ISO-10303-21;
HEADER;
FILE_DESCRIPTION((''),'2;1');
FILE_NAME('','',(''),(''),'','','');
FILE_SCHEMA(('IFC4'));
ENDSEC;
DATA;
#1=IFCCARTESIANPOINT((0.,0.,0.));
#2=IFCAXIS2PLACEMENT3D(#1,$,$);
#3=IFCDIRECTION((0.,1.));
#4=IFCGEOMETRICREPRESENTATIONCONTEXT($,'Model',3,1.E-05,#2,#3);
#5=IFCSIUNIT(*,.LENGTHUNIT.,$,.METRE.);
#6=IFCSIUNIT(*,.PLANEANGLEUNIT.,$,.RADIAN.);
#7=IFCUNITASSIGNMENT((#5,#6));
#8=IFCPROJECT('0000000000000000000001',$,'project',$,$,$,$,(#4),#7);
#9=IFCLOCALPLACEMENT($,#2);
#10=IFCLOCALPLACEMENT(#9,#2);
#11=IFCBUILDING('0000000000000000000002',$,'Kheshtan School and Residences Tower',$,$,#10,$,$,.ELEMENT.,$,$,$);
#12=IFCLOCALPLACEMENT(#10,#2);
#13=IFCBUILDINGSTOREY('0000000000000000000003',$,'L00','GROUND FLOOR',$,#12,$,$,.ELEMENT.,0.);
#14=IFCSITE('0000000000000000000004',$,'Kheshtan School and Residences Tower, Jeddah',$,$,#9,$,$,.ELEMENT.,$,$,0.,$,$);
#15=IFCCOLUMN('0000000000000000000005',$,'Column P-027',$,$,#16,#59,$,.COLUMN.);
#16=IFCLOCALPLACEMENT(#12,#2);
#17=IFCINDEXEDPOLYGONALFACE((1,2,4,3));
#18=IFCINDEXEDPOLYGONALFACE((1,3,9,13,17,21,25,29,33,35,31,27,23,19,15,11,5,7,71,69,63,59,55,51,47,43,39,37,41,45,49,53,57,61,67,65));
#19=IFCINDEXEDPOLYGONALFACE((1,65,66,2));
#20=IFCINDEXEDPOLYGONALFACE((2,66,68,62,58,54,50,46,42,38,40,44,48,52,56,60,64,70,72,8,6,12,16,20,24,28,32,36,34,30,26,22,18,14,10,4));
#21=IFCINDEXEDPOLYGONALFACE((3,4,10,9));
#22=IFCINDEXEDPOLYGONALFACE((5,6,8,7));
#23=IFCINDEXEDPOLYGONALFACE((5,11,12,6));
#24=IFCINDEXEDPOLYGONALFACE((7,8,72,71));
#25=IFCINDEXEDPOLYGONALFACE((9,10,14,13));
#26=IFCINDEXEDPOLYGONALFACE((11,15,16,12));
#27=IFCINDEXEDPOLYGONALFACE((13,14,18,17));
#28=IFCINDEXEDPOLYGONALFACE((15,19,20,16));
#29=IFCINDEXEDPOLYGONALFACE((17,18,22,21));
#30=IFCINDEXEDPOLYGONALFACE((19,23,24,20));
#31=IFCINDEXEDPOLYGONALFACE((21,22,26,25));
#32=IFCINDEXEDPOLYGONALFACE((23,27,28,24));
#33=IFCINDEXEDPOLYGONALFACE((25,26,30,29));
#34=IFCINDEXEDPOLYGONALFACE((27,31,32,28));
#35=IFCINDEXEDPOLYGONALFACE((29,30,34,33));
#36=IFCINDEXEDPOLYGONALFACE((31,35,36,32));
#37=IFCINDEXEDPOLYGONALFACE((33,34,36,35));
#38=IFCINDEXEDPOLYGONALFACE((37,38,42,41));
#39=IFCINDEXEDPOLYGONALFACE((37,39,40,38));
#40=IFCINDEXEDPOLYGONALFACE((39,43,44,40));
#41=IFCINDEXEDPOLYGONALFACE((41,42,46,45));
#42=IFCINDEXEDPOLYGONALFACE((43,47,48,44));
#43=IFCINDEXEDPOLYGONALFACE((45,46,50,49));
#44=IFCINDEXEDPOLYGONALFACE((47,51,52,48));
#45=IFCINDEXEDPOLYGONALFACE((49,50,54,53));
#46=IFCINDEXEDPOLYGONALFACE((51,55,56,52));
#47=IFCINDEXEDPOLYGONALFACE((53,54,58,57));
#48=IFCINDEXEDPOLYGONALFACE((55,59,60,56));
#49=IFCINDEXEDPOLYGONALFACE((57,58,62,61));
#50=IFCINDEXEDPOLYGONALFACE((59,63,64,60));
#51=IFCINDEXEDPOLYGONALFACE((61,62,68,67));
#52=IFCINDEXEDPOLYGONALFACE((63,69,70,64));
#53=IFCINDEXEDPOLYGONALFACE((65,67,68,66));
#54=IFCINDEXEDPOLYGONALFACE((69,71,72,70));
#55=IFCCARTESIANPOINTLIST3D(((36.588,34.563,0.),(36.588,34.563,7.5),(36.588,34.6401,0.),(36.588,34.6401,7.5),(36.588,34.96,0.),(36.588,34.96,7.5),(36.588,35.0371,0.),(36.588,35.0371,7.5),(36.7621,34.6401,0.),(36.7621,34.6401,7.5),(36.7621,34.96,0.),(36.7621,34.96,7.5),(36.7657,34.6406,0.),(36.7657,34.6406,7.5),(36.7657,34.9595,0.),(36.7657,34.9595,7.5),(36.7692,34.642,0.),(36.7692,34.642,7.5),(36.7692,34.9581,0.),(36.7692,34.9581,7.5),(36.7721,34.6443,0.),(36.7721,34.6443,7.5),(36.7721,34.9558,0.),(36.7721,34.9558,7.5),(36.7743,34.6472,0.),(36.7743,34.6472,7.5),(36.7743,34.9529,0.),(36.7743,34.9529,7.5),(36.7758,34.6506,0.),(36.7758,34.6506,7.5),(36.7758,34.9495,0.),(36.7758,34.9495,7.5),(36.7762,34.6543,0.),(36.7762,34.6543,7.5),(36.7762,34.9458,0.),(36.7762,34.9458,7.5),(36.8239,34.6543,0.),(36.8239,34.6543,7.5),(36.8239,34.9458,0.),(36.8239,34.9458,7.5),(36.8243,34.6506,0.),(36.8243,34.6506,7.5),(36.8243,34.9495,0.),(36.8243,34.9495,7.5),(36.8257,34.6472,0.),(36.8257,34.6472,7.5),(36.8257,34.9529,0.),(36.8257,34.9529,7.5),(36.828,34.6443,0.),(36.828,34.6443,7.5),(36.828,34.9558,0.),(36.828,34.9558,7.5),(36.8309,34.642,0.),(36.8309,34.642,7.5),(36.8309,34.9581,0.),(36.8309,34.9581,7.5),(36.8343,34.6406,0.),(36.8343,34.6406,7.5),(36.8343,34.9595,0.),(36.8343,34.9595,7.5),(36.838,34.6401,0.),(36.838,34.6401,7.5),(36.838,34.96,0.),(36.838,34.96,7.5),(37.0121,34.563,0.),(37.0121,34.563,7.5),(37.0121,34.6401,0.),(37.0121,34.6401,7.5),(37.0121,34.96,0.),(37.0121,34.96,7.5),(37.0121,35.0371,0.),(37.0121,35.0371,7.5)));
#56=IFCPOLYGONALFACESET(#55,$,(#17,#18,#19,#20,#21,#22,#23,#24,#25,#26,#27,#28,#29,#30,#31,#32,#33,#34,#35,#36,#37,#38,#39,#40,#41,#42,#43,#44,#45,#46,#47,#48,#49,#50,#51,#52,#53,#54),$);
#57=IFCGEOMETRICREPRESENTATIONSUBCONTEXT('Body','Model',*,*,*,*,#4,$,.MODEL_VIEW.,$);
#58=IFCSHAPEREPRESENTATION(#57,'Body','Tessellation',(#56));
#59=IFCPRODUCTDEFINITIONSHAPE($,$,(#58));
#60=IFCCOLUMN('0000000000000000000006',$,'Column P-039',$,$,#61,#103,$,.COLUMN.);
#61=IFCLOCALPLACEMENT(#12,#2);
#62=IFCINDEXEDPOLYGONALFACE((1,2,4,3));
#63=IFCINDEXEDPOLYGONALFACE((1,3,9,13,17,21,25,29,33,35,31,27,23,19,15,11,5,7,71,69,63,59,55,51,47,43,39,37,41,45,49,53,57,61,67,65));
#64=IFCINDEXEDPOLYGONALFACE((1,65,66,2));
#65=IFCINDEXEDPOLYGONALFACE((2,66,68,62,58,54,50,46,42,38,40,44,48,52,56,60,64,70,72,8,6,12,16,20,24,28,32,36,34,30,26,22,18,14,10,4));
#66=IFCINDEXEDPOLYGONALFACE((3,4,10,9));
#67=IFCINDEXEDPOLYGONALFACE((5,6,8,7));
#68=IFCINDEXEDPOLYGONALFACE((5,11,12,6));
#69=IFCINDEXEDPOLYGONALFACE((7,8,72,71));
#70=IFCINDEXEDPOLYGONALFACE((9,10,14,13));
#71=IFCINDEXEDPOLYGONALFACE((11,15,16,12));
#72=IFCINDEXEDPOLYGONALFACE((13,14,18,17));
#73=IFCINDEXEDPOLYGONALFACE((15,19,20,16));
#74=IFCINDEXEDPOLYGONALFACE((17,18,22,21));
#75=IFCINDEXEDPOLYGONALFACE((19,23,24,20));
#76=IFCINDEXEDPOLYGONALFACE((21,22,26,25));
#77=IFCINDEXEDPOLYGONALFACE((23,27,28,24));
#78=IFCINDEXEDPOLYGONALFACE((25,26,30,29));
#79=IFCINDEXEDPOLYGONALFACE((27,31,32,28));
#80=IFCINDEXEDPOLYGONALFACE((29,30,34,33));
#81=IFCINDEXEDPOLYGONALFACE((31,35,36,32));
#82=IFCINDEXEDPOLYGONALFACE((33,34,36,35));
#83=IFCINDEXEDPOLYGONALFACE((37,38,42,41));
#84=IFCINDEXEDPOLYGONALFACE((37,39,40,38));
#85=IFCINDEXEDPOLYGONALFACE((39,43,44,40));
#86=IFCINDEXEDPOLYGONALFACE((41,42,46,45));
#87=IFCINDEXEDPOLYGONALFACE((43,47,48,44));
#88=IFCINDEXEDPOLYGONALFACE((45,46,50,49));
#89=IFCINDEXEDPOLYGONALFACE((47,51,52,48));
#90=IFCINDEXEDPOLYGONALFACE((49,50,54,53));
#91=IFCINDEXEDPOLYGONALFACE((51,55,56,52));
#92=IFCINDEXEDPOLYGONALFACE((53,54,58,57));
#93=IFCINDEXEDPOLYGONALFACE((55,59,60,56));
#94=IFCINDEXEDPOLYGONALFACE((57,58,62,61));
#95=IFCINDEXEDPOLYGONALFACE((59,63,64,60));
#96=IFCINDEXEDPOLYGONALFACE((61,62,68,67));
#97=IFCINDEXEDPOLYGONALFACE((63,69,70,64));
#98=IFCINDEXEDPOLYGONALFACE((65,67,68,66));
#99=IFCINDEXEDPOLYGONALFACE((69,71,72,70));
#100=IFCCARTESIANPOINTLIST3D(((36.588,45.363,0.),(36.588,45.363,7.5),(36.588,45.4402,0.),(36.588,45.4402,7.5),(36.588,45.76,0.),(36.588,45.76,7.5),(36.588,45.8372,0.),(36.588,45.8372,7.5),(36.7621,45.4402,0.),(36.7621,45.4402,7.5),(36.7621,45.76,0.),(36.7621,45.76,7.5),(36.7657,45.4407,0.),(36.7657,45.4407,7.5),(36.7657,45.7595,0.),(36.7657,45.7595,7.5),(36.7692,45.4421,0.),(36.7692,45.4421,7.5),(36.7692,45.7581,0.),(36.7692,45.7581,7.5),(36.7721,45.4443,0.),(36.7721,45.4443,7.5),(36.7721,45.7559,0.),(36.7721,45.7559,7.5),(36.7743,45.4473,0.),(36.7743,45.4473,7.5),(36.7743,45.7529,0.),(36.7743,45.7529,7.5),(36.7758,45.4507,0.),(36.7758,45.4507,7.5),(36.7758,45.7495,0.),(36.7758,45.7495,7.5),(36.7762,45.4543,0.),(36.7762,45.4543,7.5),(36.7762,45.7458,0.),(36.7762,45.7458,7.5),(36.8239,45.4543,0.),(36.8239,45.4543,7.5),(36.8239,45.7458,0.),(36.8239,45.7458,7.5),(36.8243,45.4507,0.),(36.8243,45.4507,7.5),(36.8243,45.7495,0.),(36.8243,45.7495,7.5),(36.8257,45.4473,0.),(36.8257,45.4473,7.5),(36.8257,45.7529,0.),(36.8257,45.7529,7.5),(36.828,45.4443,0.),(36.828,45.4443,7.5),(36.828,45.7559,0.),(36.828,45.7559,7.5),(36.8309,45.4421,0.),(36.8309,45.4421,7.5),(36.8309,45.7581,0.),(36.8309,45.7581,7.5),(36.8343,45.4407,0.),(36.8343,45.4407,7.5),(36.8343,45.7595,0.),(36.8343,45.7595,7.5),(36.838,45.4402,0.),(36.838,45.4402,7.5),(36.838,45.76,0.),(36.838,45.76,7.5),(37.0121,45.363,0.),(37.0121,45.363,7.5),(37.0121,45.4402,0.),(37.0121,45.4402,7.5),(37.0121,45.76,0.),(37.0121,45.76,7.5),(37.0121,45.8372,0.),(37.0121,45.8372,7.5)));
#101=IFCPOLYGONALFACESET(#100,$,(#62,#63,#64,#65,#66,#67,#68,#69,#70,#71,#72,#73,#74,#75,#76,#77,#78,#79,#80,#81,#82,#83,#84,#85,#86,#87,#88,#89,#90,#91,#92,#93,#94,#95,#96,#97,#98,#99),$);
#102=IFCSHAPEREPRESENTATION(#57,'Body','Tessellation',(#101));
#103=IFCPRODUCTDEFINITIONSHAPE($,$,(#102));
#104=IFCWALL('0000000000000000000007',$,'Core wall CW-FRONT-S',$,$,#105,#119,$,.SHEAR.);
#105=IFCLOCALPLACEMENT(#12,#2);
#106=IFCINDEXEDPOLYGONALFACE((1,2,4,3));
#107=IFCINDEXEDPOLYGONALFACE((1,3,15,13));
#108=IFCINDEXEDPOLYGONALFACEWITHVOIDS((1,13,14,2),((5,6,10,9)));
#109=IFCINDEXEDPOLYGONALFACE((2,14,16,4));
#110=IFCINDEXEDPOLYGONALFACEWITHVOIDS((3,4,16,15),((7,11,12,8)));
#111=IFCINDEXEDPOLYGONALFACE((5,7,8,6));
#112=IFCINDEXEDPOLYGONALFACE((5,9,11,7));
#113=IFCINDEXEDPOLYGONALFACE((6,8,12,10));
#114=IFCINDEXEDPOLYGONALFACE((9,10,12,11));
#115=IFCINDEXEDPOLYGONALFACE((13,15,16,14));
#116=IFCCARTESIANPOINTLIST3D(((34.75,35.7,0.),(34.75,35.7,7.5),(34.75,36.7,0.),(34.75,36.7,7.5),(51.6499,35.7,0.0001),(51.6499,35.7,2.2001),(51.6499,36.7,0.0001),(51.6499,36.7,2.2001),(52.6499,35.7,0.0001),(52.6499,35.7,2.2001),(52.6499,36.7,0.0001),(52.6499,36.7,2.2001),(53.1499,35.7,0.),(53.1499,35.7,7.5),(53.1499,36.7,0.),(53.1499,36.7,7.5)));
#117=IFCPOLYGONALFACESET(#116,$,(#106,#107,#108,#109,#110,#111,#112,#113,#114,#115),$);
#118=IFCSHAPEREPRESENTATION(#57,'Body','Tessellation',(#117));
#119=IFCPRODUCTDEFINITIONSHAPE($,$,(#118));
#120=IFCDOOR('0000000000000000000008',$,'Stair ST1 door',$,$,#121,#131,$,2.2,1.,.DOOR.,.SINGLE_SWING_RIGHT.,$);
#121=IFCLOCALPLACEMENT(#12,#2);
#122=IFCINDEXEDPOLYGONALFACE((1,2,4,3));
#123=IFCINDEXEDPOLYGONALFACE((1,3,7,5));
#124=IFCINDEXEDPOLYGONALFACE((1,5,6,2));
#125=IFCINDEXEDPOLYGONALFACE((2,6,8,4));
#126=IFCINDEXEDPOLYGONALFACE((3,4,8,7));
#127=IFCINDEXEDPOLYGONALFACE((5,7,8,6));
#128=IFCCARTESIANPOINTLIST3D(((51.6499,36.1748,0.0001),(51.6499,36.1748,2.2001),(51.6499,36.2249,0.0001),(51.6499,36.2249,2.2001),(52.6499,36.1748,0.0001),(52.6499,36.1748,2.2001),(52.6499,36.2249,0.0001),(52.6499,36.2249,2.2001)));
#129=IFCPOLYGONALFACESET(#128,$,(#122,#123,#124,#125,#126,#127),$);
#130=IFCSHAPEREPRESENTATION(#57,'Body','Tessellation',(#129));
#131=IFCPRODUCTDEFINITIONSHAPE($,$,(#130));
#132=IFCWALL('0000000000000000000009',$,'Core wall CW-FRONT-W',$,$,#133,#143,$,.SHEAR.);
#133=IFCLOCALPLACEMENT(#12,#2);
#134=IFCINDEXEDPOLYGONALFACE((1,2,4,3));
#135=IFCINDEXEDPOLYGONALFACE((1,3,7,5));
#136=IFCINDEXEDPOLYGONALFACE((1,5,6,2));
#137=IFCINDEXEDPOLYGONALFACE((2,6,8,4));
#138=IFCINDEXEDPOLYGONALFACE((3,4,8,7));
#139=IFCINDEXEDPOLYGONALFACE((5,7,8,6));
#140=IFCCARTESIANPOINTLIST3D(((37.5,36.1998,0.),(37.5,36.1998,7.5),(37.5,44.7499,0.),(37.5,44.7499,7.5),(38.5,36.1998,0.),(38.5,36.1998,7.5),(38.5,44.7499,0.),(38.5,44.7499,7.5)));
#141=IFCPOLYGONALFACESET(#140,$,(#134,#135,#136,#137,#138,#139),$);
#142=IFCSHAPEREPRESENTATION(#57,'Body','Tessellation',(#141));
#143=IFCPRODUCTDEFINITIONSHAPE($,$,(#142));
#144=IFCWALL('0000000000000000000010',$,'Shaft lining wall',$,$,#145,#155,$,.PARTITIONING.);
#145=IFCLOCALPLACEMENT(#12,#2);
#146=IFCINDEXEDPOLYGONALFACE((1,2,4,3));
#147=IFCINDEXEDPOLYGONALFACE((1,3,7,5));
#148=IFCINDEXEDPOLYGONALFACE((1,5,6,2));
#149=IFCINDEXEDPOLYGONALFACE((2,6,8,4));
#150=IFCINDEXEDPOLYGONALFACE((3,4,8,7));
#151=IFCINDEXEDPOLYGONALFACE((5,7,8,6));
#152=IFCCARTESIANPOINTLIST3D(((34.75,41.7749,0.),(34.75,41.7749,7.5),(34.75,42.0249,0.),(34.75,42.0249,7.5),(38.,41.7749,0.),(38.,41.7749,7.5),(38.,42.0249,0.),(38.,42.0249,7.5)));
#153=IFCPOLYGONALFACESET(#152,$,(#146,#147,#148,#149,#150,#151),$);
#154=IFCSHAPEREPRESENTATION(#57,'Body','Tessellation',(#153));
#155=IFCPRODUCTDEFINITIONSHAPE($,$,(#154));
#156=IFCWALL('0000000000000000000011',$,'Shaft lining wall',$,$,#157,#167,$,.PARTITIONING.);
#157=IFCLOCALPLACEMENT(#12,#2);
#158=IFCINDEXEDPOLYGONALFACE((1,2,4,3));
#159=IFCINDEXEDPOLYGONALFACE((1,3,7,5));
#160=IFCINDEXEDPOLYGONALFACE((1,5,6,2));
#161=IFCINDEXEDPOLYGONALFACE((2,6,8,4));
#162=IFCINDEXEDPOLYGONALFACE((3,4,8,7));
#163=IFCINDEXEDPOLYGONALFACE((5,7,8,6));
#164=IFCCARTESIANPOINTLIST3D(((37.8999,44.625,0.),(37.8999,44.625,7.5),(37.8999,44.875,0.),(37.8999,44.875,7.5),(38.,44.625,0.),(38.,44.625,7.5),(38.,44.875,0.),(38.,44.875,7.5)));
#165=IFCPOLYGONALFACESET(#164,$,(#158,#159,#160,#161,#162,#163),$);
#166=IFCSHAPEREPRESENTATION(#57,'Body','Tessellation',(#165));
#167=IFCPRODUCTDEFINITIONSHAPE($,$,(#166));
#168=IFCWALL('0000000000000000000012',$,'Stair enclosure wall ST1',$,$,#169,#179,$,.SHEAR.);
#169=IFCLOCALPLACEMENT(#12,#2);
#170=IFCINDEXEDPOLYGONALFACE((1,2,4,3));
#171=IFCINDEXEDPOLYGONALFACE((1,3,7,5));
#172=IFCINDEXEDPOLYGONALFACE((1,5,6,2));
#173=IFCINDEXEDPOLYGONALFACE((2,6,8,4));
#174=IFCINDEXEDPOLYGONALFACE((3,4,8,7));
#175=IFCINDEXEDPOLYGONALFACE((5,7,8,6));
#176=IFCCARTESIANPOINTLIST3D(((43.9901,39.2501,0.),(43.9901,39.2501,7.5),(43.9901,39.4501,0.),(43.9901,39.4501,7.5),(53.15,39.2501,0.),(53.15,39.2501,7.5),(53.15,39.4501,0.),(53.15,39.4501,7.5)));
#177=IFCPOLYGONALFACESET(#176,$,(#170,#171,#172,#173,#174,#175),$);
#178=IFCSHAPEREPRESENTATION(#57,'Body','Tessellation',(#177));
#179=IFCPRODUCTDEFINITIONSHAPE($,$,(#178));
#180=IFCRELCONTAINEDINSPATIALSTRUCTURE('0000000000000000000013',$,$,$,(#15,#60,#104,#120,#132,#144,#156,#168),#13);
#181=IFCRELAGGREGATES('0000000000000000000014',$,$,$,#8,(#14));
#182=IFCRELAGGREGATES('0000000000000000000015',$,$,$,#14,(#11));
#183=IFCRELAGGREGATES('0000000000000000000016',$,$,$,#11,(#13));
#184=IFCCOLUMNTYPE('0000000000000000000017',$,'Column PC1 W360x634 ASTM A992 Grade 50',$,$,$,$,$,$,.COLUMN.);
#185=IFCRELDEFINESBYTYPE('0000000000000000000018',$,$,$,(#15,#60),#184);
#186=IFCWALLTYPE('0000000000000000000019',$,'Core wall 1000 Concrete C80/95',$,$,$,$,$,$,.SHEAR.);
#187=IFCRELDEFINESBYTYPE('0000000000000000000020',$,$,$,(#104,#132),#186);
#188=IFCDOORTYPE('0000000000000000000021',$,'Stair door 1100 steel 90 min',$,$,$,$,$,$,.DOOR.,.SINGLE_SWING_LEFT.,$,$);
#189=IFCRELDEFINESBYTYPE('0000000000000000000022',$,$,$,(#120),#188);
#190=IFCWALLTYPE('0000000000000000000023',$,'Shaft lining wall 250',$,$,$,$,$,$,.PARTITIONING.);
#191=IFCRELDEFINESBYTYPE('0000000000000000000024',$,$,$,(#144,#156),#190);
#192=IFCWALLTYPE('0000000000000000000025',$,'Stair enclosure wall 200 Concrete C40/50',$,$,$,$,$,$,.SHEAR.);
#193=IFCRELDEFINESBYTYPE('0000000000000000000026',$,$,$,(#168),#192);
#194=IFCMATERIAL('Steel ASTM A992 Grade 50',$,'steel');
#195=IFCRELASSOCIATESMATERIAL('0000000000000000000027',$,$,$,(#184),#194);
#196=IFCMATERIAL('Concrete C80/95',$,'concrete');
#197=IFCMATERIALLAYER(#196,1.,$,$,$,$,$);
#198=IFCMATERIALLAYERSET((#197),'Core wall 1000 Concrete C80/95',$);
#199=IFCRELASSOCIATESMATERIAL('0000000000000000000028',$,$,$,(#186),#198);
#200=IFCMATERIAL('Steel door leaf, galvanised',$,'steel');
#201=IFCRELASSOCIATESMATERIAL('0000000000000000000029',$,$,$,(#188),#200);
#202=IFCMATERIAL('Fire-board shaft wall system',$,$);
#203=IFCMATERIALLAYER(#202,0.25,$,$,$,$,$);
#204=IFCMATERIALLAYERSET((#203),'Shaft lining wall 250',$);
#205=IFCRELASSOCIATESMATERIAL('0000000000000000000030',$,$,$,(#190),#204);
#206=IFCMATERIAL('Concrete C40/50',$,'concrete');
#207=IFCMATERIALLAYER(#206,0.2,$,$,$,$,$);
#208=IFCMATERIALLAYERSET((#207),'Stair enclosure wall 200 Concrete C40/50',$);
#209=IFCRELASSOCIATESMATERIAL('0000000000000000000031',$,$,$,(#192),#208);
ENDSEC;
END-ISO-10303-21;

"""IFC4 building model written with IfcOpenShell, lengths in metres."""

from ifc_helpers import new_model, si_unit, direction, frame, frame_2d, origin, origin_2d, place, context, subcontext, project, spatial, rectangle, i_section, extrude, source, transform, mapped, material, layer, layer_set, material_profile, profile_set, type_object, element, fill, save


model = new_model("IFC4")

# Units and contexts
model_context = context("Model", 3, precision=1e-05, world=origin(), true_north=direction((0.0, 1.0)))
body_context = subcontext(model_context, "Body", "Model", "MODEL_VIEW")
ifc_project = project(units=[si_unit("LENGTHUNIT", "METRE"), si_unit("PLANEANGLEUNIT", "RADIAN")], contexts=[model_context])

# Site, building, storey
site_placement = place(None, origin())
site = spatial("IfcSite", under=ifc_project, at=site_placement, Name="Kheshtan School and Residences Tower, Jeddah", CompositionType="ELEMENT", RefElevation=0.0)
building_placement = place(site_placement, origin())
building = spatial("IfcBuilding", under=site, at=building_placement, Name="Kheshtan School and Residences Tower", CompositionType="ELEMENT")
storey_placement = place(building_placement, origin())
storey = spatial("IfcBuildingStorey", under=building, at=storey_placement, Name="L00", Description="GROUND FLOOR", CompositionType="ELEMENT", Elevation=0.0)

# Columns
ifc_material_1 = material(Name="Steel ASTM A992 Grade 50", Category="steel")
ifc_material_profile = material_profile(ifc_material_1, i_section(OverallWidth=0.4241, OverallDepth=0.4741, WebThickness=0.0476, FlangeThickness=0.0771, FilletRadius=0.0142, at=origin_2d()), Name="W360x634")
ifc_profile_set = profile_set([ifc_material_profile], Name="Steel ASTM A992 Grade 50")
column_type = type_object("IfcColumnType", Name="Column PC1 W360x634 ASTM A992 Grade 50", PredefinedType="COLUMN", material=ifc_profile_set)
for number, where, z_axis, x_axis, name in (
    (1, (36.8, 34.8, 0.0), (0.0, 0.0, 1.0), (1.0, 0.0, 0.0), "Column P-027"),
    (2, (36.8, 45.6001, 0.0), (0.0, 0.0, 1.0), (1.0, 0.0, 0.0), "Column P-039"),
):
    element("IfcColumn", number, at=place(storey_placement, frame(where, z_axis=z_axis, x_axis=x_axis)), inside=storey, type_object=column_type, Name=name, PredefinedType="COLUMN", context=body_context, shape_type="SweptSolid", body=[
        extrude(i_section(OverallWidth=0.4241, OverallDepth=0.4741, WebThickness=0.0476, FlangeThickness=0.0771, FilletRadius=0.0142, at=origin_2d()), origin(), (0.0, 0.0, 1.0), 7.5),
    ])

# Wall, opening, door
ifc_material_2 = material(Name="Concrete C80/95", Category="concrete")
ifc_layer_1 = layer(ifc_material_2, 1.0)
ifc_layer_set_1 = layer_set([ifc_layer_1], Name="Core wall 1000 Concrete C80/95")
wall_type_1 = type_object("IfcWallType", Name="Core wall 1000 Concrete C80/95", PredefinedType="SHEAR", material=ifc_layer_set_1)
wall_1_placement = place(storey_placement, frame((34.75, 36.2, 0.0), z_axis=(0.0, 0.0, 1.0), x_axis=(1.0, 0.0, 0.0)))
wall_1 = element("IfcWall", 3, at=wall_1_placement, inside=storey, type_object=wall_type_1, Name="Core wall CW-FRONT-S", PredefinedType="SHEAR", context=body_context, shape_type="SweptSolid", body=[
    extrude(rectangle(XDim=18.3999, YDim=1.0, at=frame_2d((9.2, 0.0))), origin(), (0.0, 0.0, 1.0), 7.5),
])
opening_placement = place(wall_1_placement, frame((16.8999, 0.0, 0.0)))
opening = element("IfcOpeningElement", 4, at=opening_placement, cuts=wall_1, PredefinedType="OPENING", context=body_context, shape_type="SweptSolid", body=[
    extrude(rectangle(XDim=1.0, YDim=2.2, at=frame_2d((0.5, 1.1001))), frame((0.0, 0.51, 0.0), z_axis=(0.0, -1.0, 0.0), x_axis=(1.0, 0.0, 0.0)), (0.0, 0.0, 1.0), 1.02),
])
ifc_material_3 = material(Name="Steel door leaf, galvanised", Category="steel")
door_type = type_object("IfcDoorType", Name="Stair door 1100 steel 90 min", OperationType="SINGLE_SWING_LEFT", PredefinedType="DOOR", material=ifc_material_3)
shared_shape = source(origin(), body_context, "Body", "SweptSolid", [
    extrude(rectangle(XDim=1.0, YDim=2.2, at=frame_2d((0.5, 1.1001))), frame((0.0, 0.0249, 0.0), z_axis=(0.0, -1.0, 0.0), x_axis=(1.0, 0.0, 0.0)), (0.0, 0.0, 1.0), 0.05),
])
door_placement = place(opening_placement, origin())
door = element("IfcDoor", 5, at=door_placement, inside=storey, type_object=door_type, Name="Stair ST1 door", OperationType="SINGLE_SWING_RIGHT", OverallHeight=2.2, OverallWidth=1.0, PredefinedType="DOOR", context=body_context, shape_type="MappedRepresentation", body=[
    mapped(shared_shape, transform((0.0, 0.0, 0.0), x_axis=(1.0, 0.0, 0.0), y_axis=(0.0, 1.0, 0.0), z_axis=(0.0, 0.0, 1.0), scale=1.0)),
])
fill(opening, door)

# Walls
wall_2_placement = place(storey_placement, frame((38.0, 36.2, 0.0), z_axis=(0.0, 0.0, 1.0), x_axis=(0.0, 1.0, 0.0)))
element("IfcWall", 6, at=wall_2_placement, inside=storey, type_object=wall_type_1, Name="Core wall CW-FRONT-W", PredefinedType="SHEAR", context=body_context, shape_type="SweptSolid", body=[
    extrude(rectangle(XDim=8.55, YDim=1.0, at=frame_2d((4.2749, 0.0))), origin(), (0.0, 0.0, 1.0), 7.5),
])
ifc_material_4 = material(Name="Fire-board shaft wall system")
ifc_layer_2 = layer(ifc_material_4, 0.25)
ifc_layer_set_2 = layer_set([ifc_layer_2], Name="Shaft lining wall 250")
wall_type_2 = type_object("IfcWallType", Name="Shaft lining wall 250", PredefinedType="PARTITIONING", material=ifc_layer_set_2)
wall_3_placement = place(storey_placement, frame((34.75, 41.8999, 0.0), z_axis=(0.0, 0.0, 1.0), x_axis=(1.0, 0.0, 0.0)))
element("IfcWall", 7, at=wall_3_placement, inside=storey, type_object=wall_type_2, Name="Shaft lining wall", PredefinedType="PARTITIONING", context=body_context, shape_type="SweptSolid", body=[
    extrude(rectangle(XDim=3.25, YDim=0.25, at=frame_2d((1.625, 0.0))), origin(), (0.0, 0.0, 1.0), 7.5),
])
wall_4_placement = place(storey_placement, frame((37.8999, 44.75, 0.0), z_axis=(0.0, 0.0, 1.0), x_axis=(1.0, 0.0, 0.0)))
element("IfcWall", 8, at=wall_4_placement, inside=storey, type_object=wall_type_2, Name="Shaft lining wall", PredefinedType="PARTITIONING", context=body_context, shape_type="SweptSolid", body=[
    extrude(rectangle(XDim=0.1001, YDim=0.25, at=frame_2d((0.05, 0.0))), origin(), (0.0, 0.0, 1.0), 7.5),
])
ifc_material_5 = material(Name="Concrete C40/50", Category="concrete")
ifc_layer_3 = layer(ifc_material_5, 0.2)
ifc_layer_set_3 = layer_set([ifc_layer_3], Name="Stair enclosure wall 200 Concrete C40/50")
wall_type_3 = type_object("IfcWallType", Name="Stair enclosure wall 200 Concrete C40/50", PredefinedType="SHEAR", material=ifc_layer_set_3)
wall_5_placement = place(storey_placement, frame((43.99, 39.3501, 0.0), z_axis=(0.0, 0.0, 1.0), x_axis=(1.0, 0.0, 0.0)))
element("IfcWall", 9, at=wall_5_placement, inside=storey, type_object=wall_type_3, Name="Stair enclosure wall ST1", PredefinedType="SHEAR", context=body_context, shape_type="SweptSolid", body=[
    extrude(rectangle(XDim=9.1599, YDim=0.2, at=frame_2d((4.5801, 0.0))), origin(), (0.0, 0.0, 1.0), 7.5),
])

save(model, "model.ifc")
